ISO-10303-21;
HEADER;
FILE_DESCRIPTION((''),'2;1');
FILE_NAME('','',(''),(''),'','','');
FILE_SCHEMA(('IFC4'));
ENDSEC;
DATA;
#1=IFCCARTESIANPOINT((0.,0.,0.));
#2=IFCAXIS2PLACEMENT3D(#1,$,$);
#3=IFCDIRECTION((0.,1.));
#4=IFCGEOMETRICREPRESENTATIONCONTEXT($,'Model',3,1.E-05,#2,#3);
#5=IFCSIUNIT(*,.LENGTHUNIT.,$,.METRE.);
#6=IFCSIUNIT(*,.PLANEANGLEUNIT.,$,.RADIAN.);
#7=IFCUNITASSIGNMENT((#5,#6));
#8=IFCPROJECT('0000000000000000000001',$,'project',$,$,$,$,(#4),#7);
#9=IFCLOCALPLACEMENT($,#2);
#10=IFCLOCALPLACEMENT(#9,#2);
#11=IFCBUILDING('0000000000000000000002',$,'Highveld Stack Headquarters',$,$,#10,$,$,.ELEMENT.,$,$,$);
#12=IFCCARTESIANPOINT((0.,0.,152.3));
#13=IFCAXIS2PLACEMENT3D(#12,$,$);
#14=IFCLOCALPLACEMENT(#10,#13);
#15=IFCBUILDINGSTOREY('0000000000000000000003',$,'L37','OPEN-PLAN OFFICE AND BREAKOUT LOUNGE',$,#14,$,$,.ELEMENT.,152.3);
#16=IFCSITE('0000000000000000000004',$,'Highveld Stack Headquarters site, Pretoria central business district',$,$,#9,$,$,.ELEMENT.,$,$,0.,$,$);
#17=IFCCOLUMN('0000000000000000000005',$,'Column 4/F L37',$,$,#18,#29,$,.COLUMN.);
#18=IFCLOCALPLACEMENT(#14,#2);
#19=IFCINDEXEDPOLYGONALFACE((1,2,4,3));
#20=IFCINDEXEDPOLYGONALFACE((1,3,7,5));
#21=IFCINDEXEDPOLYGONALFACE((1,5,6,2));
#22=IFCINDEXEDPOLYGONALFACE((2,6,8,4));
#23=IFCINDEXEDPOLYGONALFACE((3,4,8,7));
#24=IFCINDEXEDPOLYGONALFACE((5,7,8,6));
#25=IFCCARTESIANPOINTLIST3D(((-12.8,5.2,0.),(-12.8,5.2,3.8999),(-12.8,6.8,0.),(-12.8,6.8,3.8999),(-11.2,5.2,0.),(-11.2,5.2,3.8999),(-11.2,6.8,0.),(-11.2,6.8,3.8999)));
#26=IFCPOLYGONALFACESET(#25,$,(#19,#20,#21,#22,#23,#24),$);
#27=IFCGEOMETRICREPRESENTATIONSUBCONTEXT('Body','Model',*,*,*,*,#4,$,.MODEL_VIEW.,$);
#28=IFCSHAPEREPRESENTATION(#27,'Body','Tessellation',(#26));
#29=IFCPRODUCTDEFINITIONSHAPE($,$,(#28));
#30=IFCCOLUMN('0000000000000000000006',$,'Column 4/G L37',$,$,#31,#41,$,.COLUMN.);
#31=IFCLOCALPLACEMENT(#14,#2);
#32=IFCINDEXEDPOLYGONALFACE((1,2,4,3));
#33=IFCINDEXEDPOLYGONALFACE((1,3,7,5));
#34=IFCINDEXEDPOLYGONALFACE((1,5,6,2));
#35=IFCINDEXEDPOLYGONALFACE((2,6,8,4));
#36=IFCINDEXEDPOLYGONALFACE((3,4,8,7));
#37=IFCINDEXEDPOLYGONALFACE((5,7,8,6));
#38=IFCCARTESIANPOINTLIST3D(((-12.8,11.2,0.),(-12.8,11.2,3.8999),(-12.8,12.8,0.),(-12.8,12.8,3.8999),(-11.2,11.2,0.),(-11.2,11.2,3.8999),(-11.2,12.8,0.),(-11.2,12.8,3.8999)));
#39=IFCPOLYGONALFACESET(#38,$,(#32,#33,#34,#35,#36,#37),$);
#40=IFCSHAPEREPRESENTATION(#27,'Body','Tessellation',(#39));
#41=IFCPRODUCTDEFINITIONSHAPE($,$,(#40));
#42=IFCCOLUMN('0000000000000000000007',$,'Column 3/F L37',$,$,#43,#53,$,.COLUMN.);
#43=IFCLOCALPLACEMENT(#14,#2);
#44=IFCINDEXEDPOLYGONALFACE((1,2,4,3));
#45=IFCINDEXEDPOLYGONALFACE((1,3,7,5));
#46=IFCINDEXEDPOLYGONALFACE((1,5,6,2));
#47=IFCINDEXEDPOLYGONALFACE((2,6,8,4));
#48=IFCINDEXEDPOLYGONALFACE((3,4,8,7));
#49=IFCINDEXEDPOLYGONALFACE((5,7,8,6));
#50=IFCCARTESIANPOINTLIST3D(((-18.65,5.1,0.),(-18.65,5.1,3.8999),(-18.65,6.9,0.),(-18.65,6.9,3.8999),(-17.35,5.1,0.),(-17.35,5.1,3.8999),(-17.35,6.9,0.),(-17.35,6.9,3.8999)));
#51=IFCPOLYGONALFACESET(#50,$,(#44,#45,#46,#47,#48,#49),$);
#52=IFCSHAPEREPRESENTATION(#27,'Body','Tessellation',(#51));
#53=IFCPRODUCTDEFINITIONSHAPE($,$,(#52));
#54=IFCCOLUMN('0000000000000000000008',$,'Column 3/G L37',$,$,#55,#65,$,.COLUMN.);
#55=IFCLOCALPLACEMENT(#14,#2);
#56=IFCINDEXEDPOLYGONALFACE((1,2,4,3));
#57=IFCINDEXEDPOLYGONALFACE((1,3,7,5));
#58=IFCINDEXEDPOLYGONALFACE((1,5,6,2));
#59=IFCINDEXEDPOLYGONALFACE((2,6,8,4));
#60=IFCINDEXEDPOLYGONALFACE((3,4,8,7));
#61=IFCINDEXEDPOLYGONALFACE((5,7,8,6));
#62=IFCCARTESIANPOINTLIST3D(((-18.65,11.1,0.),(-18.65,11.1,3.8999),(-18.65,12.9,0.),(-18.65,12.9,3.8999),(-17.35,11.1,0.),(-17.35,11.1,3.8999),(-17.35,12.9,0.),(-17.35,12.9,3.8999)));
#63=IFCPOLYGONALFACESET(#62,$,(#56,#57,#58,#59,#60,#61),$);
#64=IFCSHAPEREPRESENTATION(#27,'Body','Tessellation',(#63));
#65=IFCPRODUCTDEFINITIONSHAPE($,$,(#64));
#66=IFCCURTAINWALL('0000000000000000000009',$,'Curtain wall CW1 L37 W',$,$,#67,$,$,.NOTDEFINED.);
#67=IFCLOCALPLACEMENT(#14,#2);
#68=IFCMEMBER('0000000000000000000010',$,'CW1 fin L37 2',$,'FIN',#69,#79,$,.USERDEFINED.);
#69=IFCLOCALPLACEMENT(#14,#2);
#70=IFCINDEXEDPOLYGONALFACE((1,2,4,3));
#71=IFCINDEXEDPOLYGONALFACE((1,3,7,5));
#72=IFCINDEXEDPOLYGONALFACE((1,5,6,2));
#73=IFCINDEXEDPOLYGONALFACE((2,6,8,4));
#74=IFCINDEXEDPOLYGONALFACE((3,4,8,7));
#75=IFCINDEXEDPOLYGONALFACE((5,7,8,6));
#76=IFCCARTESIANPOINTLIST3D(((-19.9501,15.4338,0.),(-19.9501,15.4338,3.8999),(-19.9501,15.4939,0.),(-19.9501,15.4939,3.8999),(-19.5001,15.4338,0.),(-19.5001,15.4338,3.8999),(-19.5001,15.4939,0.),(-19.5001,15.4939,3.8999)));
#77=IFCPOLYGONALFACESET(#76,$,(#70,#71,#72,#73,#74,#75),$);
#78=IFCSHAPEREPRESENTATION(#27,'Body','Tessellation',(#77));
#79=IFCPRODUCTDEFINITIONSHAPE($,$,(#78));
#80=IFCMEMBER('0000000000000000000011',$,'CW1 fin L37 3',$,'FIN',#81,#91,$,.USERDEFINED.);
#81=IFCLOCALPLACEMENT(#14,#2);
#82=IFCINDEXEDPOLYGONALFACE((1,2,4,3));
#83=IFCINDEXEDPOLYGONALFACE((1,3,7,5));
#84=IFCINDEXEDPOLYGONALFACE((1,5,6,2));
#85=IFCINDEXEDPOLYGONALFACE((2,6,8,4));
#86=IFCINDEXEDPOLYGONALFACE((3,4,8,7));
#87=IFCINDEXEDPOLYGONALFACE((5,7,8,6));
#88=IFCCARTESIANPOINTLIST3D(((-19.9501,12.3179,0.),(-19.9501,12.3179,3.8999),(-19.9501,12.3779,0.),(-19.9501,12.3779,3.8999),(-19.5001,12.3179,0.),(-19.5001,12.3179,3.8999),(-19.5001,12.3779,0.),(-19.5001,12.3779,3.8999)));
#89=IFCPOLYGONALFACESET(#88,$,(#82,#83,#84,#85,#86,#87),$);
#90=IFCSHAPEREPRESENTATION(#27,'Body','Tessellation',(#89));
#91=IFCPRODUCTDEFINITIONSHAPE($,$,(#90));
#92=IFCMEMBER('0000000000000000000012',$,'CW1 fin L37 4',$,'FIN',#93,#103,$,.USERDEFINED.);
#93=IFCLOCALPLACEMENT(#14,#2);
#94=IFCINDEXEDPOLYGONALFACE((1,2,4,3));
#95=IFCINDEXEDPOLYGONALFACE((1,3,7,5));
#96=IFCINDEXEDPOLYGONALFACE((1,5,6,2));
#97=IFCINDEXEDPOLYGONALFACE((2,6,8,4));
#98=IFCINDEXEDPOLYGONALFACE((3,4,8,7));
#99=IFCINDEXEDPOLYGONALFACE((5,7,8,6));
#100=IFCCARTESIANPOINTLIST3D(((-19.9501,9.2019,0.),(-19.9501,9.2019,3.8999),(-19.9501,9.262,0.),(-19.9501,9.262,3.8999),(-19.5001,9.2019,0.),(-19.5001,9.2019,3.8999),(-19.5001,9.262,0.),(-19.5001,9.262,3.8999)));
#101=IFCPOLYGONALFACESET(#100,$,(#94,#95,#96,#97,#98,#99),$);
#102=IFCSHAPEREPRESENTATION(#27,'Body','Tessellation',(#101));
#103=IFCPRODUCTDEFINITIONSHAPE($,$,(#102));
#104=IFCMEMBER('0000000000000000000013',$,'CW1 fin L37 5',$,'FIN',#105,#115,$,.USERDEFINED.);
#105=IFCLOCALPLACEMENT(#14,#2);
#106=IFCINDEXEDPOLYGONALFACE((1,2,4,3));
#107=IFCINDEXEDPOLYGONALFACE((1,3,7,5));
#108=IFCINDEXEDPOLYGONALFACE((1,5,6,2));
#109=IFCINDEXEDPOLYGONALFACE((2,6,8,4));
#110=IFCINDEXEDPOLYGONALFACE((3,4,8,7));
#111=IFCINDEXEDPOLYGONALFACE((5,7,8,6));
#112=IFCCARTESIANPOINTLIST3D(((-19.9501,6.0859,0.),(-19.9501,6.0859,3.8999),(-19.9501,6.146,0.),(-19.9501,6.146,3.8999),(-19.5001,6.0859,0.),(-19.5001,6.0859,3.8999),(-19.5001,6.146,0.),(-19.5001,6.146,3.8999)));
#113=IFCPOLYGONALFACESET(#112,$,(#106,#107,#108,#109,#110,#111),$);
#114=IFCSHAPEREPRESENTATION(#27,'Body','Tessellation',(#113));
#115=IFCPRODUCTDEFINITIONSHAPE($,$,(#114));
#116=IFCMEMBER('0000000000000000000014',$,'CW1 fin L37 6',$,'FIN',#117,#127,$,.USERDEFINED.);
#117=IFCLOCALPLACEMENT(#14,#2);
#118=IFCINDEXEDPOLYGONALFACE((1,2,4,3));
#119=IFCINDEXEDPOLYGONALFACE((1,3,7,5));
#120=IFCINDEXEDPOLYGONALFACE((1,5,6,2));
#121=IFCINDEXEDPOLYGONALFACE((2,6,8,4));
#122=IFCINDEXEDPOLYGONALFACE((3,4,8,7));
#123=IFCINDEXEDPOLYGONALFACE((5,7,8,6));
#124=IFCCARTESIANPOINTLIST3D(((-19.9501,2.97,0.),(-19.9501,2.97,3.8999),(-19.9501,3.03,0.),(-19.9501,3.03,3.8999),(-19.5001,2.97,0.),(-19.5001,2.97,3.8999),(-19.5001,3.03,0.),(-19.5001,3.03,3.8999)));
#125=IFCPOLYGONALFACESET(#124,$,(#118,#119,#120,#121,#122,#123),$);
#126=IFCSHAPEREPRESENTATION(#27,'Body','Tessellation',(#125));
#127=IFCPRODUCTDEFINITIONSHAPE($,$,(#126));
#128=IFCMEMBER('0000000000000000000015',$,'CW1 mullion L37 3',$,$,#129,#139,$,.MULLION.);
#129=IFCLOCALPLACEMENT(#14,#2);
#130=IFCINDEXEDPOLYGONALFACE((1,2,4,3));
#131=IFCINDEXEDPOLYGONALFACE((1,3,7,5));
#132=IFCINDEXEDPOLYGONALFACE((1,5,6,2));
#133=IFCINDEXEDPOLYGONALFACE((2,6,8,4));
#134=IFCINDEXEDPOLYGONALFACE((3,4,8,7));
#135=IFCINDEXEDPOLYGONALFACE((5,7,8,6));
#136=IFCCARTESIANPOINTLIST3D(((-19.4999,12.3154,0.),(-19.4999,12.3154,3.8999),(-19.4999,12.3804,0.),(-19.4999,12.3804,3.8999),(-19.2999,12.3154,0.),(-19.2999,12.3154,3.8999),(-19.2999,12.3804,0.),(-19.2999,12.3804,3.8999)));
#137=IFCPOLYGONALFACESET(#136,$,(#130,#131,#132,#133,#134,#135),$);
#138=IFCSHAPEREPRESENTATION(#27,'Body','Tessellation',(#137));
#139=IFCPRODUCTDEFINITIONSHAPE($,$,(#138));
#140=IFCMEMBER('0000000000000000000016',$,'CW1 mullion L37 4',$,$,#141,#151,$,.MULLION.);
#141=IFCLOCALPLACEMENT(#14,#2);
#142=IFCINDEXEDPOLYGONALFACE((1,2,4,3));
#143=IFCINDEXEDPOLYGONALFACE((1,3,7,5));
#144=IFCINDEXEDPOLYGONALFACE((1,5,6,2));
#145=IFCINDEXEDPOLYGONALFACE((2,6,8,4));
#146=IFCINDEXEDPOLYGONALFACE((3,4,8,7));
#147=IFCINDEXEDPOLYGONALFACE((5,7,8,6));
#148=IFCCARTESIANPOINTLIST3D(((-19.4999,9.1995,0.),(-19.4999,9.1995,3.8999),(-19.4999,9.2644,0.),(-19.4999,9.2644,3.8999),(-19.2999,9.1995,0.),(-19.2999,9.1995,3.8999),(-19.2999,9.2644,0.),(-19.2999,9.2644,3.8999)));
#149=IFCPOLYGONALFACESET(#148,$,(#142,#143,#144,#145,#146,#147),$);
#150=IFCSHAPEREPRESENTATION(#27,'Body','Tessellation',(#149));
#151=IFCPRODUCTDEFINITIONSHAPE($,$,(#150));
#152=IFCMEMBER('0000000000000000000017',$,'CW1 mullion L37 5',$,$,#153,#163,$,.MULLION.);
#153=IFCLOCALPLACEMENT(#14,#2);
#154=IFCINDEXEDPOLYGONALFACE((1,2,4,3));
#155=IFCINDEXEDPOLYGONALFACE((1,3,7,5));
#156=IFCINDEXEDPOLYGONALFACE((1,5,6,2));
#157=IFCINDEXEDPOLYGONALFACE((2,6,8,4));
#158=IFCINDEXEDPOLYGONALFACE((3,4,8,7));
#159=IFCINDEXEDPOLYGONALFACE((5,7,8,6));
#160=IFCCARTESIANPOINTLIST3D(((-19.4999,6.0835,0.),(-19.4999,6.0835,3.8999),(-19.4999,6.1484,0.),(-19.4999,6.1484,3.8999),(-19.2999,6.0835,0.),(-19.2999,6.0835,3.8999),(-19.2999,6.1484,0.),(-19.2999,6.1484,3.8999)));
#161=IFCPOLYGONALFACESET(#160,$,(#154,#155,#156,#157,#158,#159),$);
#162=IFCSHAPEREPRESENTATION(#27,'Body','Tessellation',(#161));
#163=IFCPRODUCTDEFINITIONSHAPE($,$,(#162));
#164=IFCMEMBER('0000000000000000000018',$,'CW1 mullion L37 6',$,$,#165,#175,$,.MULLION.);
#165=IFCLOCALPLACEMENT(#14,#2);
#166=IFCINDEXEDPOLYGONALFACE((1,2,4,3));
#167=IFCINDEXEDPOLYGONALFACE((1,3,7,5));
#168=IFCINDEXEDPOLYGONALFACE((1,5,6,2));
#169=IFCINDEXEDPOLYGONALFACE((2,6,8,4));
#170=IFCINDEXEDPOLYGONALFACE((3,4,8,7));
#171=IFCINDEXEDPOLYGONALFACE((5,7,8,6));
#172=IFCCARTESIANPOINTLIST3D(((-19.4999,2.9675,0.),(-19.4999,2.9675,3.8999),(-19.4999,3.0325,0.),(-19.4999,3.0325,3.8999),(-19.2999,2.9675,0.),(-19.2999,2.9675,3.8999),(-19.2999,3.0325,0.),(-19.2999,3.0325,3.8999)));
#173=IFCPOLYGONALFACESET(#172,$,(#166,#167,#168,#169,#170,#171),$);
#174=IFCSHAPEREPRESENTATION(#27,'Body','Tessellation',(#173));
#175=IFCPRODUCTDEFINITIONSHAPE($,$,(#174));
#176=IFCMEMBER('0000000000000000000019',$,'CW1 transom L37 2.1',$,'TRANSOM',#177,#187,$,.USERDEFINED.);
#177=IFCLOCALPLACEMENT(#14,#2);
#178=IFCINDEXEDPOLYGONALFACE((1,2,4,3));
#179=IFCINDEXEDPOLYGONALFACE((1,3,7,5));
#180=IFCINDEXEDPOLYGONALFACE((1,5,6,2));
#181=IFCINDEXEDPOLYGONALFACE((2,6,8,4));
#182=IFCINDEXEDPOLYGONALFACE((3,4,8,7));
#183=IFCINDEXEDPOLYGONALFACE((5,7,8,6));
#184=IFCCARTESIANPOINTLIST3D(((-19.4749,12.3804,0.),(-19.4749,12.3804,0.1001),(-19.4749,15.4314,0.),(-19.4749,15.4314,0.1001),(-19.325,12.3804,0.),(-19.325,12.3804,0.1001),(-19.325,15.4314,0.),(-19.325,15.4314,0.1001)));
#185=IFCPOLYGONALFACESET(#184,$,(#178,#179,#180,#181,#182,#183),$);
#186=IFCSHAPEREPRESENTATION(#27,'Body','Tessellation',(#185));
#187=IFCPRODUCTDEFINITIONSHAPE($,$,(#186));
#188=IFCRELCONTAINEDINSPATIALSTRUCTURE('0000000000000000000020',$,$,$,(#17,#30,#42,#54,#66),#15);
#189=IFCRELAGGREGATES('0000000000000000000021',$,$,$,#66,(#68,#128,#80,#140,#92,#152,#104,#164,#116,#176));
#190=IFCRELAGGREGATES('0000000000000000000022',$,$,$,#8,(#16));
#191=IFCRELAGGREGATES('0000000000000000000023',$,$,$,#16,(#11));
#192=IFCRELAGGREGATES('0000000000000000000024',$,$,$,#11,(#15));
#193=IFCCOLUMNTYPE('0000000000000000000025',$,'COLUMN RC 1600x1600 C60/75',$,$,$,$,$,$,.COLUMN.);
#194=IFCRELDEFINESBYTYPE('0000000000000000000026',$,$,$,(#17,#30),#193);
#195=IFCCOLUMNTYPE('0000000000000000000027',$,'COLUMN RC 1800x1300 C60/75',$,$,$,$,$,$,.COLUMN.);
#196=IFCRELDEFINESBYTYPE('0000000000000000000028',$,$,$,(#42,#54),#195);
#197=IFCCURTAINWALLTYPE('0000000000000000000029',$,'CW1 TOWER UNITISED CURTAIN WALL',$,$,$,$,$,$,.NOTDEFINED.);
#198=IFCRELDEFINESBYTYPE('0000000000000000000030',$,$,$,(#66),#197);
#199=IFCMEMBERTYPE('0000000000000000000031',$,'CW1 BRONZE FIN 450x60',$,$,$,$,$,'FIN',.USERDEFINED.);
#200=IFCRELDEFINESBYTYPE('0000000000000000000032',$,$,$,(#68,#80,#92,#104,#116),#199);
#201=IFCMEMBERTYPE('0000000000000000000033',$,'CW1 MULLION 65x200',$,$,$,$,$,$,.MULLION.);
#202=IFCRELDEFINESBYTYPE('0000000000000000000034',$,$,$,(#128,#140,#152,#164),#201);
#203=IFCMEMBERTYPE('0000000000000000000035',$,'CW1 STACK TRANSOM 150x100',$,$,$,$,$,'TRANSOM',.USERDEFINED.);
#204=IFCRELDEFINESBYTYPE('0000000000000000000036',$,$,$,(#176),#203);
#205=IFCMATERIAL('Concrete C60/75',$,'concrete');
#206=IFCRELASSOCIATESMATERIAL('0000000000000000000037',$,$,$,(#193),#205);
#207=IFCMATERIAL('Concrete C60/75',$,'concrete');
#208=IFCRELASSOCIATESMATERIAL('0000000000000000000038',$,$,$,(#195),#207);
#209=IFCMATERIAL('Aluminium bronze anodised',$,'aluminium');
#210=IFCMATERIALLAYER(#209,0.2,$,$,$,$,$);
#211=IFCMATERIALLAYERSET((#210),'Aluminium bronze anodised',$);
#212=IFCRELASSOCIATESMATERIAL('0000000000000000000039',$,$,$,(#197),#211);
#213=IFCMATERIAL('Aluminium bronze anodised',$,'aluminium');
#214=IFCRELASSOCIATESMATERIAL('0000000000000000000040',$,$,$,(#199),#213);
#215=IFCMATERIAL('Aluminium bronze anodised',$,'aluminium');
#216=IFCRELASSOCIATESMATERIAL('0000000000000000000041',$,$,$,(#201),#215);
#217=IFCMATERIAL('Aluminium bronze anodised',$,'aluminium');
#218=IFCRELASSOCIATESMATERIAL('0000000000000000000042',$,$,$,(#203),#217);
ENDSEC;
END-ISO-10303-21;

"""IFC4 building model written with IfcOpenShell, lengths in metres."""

from ifc_helpers import new_model, si_unit, direction, frame, origin, origin_2d, place, context, subcontext, project, spatial, rectangle, extrude, material, layer, layer_set, material_profile, profile_set, type_object, element, aggregate, save


model = new_model("IFC4")

# Units and contexts
model_context = context("Model", 3, precision=1e-05, world=origin(), true_north=direction((0.0, 1.0)))
body_context = subcontext(model_context, "Body", "Model", "MODEL_VIEW")
ifc_project = project(units=[si_unit("LENGTHUNIT", "METRE"), si_unit("PLANEANGLEUNIT", "RADIAN")], contexts=[model_context])

# Site, building, storey
site_placement = place(None, origin())
site = spatial("IfcSite", under=ifc_project, at=site_placement, Name="Highveld Stack Headquarters site, Pretoria central business district", CompositionType="ELEMENT", RefElevation=0.0)
building_placement = place(site_placement, origin())
building = spatial("IfcBuilding", under=site, at=building_placement, Name="Highveld Stack Headquarters", CompositionType="ELEMENT")
storey_placement = place(building_placement, frame((0.0, 0.0, 152.3)))
storey = spatial("IfcBuildingStorey", under=building, at=storey_placement, Name="L37", Description="OPEN-PLAN OFFICE AND BREAKOUT LOUNGE", CompositionType="ELEMENT", Elevation=152.3)

# Columns
ifc_material_1 = material(Name="Concrete C60/75", Category="concrete")
ifc_material_profile_1 = material_profile(ifc_material_1, rectangle(XDim=1.6001, YDim=1.6001, at=origin_2d()), Name="RC 1600x1600")
ifc_profile_set_1 = profile_set([ifc_material_profile_1], Name="Concrete C60/75")
column_type_1 = type_object("IfcColumnType", Name="COLUMN RC 1600x1600 C60/75", PredefinedType="COLUMN", material=ifc_profile_set_1)
for number, where, z_axis, x_axis, name in (
    (1, (-12.0, 6.0, 0.0), (0.0, 0.0, 1.0), (1.0, 0.0, 0.0), "Column 4/F L37"),
    (2, (-12.0, 12.0, 0.0), (0.0, 0.0, 1.0), (1.0, 0.0, 0.0), "Column 4/G L37"),
):
    element("IfcColumn", number, at=place(storey_placement, frame(where, z_axis=z_axis, x_axis=x_axis)), inside=storey, type_object=column_type_1, Name=name, PredefinedType="COLUMN", context=body_context, shape_type="SweptSolid", body=[
        extrude(rectangle(XDim=1.6001, YDim=1.6001, at=origin_2d()), origin(), (0.0, 0.0, 1.0), 3.8999),
    ])
ifc_material_2 = material(Name="Concrete C60/75", Category="concrete")
ifc_material_profile_2 = material_profile(ifc_material_2, rectangle(XDim=1.8, YDim=1.3, at=origin_2d()), Name="RC 1800x1300")
ifc_profile_set_2 = profile_set([ifc_material_profile_2], Name="Concrete C60/75")
column_type_2 = type_object("IfcColumnType", Name="COLUMN RC 1800x1300 C60/75", PredefinedType="COLUMN", material=ifc_profile_set_2)
for number, where, z_axis, x_axis, name in (
    (3, (-18.0, 6.0, 0.0), (0.0, 0.0, 1.0), (0.0, 1.0, 0.0), "Column 3/F L37"),
    (4, (-18.0, 12.0, 0.0), (0.0, 0.0, 1.0), (0.0, 1.0, 0.0), "Column 3/G L37"),
):
    element("IfcColumn", number, at=place(storey_placement, frame(where, z_axis=z_axis, x_axis=x_axis)), inside=storey, type_object=column_type_2, Name=name, PredefinedType="COLUMN", context=body_context, shape_type="SweptSolid", body=[
        extrude(rectangle(XDim=1.8, YDim=1.3, at=origin_2d()), origin(), (0.0, 0.0, 1.0), 3.8999),
    ])

# Curtain wall, members
ifc_material_3 = material(Name="Aluminium bronze anodised", Category="aluminium")
ifc_layer_1 = layer(ifc_material_3, 0.2)
ifc_layer_set_1 = layer_set([ifc_layer_1], Name="Aluminium bronze anodised")
curtain_wall_type = type_object("IfcCurtainWallType", Name="CW1 TOWER UNITISED CURTAIN WALL", PredefinedType="NOTDEFINED", material=ifc_layer_set_1)
curtain_wall_placement = place(storey_placement, origin())
curtain_wall = element("IfcCurtainWall", 5, at=curtain_wall_placement, inside=storey, type_object=curtain_wall_type, Name="Curtain wall CW1 L37 W", PredefinedType="NOTDEFINED")
ifc_material_4 = material(Name="Aluminium bronze anodised", Category="aluminium")
ifc_material_profile_3 = material_profile(ifc_material_4, rectangle(XDim=0.45, YDim=0.0601, at=origin_2d()), Name="FIN 450x60")
ifc_profile_set_3 = profile_set([ifc_material_profile_3], Name="Aluminium bronze anodised")
member_type_1 = type_object("IfcMemberType", Name="CW1 BRONZE FIN 450x60", ElementType="FIN", PredefinedType="USERDEFINED", material=ifc_profile_set_3)
member_1_placement = place(storey_placement, frame((-19.7251, 15.4639, 0.0), z_axis=(0.0, 0.0, 1.0), x_axis=(1.0, 0.0, 0.0)))
member_1 = element("IfcMember", 6, at=member_1_placement, type_object=member_type_1, Name="CW1 fin L37 2", ObjectType="FIN", PredefinedType="USERDEFINED", context=body_context, shape_type="SweptSolid", body=[
    extrude(rectangle(XDim=0.45, YDim=0.0601, at=origin_2d()), origin(), (0.0, 0.0, 1.0), 3.8999),
])
member_2_placement = place(storey_placement, frame((-19.7251, 12.3479, 0.0), z_axis=(0.0, 0.0, 1.0), x_axis=(1.0, 0.0, 0.0)))
member_2 = element("IfcMember", 7, at=member_2_placement, type_object=member_type_1, Name="CW1 fin L37 3", ObjectType="FIN", PredefinedType="USERDEFINED", context=body_context, shape_type="SweptSolid", body=[
    extrude(rectangle(XDim=0.45, YDim=0.0601, at=origin_2d()), origin(), (0.0, 0.0, 1.0), 3.8999),
])
member_3_placement = place(storey_placement, frame((-19.7251, 9.2319, 0.0), z_axis=(0.0, 0.0, 1.0), x_axis=(1.0, 0.0, 0.0)))
member_3 = element("IfcMember", 8, at=member_3_placement, type_object=member_type_1, Name="CW1 fin L37 4", ObjectType="FIN", PredefinedType="USERDEFINED", context=body_context, shape_type="SweptSolid", body=[
    extrude(rectangle(XDim=0.45, YDim=0.0601, at=origin_2d()), origin(), (0.0, 0.0, 1.0), 3.8999),
])
member_4_placement = place(storey_placement, frame((-19.7251, 6.116, 0.0), z_axis=(0.0, 0.0, 1.0), x_axis=(1.0, 0.0, 0.0)))
member_4 = element("IfcMember", 9, at=member_4_placement, type_object=member_type_1, Name="CW1 fin L37 5", ObjectType="FIN", PredefinedType="USERDEFINED", context=body_context, shape_type="SweptSolid", body=[
    extrude(rectangle(XDim=0.45, YDim=0.0601, at=origin_2d()), origin(), (0.0, 0.0, 1.0), 3.8999),
])
member_5_placement = place(storey_placement, frame((-19.7251, 3.0, 0.0), z_axis=(0.0, 0.0, 1.0), x_axis=(1.0, 0.0, 0.0)))
member_5 = element("IfcMember", 10, at=member_5_placement, type_object=member_type_1, Name="CW1 fin L37 6", ObjectType="FIN", PredefinedType="USERDEFINED", context=body_context, shape_type="SweptSolid", body=[
    extrude(rectangle(XDim=0.45, YDim=0.0601, at=origin_2d()), origin(), (0.0, 0.0, 1.0), 3.8999),
])
ifc_material_5 = material(Name="Aluminium bronze anodised", Category="aluminium")
ifc_material_profile_4 = material_profile(ifc_material_5, rectangle(XDim=0.2, YDim=0.0649, at=origin_2d()), Name="CW1 MULLION 65x200")
ifc_profile_set_4 = profile_set([ifc_material_profile_4], Name="Aluminium bronze anodised")
member_type_2 = type_object("IfcMemberType", Name="CW1 MULLION 65x200", PredefinedType="MULLION", material=ifc_profile_set_4)
member_6_placement = place(storey_placement, frame((-19.3999, 12.3479, 0.0), z_axis=(0.0, 0.0, 1.0), x_axis=(1.0, 0.0, 0.0)))
member_6 = element("IfcMember", 11, at=member_6_placement, type_object=member_type_2, Name="CW1 mullion L37 3", PredefinedType="MULLION", context=body_context, shape_type="SweptSolid", body=[
    extrude(rectangle(XDim=0.2, YDim=0.0649, at=origin_2d()), origin(), (0.0, 0.0, 1.0), 3.8999),
])
member_7_placement = place(storey_placement, frame((-19.3999, 9.2319, 0.0), z_axis=(0.0, 0.0, 1.0), x_axis=(1.0, 0.0, 0.0)))
member_7 = element("IfcMember", 12, at=member_7_placement, type_object=member_type_2, Name="CW1 mullion L37 4", PredefinedType="MULLION", context=body_context, shape_type="SweptSolid", body=[
    extrude(rectangle(XDim=0.2, YDim=0.0649, at=origin_2d()), origin(), (0.0, 0.0, 1.0), 3.8999),
])
member_8_placement = place(storey_placement, frame((-19.3999, 6.116, 0.0), z_axis=(0.0, 0.0, 1.0), x_axis=(1.0, 0.0, 0.0)))
member_8 = element("IfcMember", 13, at=member_8_placement, type_object=member_type_2, Name="CW1 mullion L37 5", PredefinedType="MULLION", context=body_context, shape_type="SweptSolid", body=[
    extrude(rectangle(XDim=0.2, YDim=0.0649, at=origin_2d()), origin(), (0.0, 0.0, 1.0), 3.8999),
])
member_9_placement = place(storey_placement, frame((-19.3999, 3.0, 0.0), z_axis=(0.0, 0.0, 1.0), x_axis=(1.0, 0.0, 0.0)))
member_9 = element("IfcMember", 14, at=member_9_placement, type_object=member_type_2, Name="CW1 mullion L37 6", PredefinedType="MULLION", context=body_context, shape_type="SweptSolid", body=[
    extrude(rectangle(XDim=0.2, YDim=0.0649, at=origin_2d()), origin(), (0.0, 0.0, 1.0), 3.8999),
])
ifc_material_6 = material(Name="Aluminium bronze anodised", Category="aluminium")
ifc_material_profile_5 = material_profile(ifc_material_6, rectangle(XDim=0.1499, YDim=0.1001, at=origin_2d()), Name="CW1 TRANSOM 150x100")
ifc_profile_set_5 = profile_set([ifc_material_profile_5], Name="Aluminium bronze anodised")
member_type_3 = type_object("IfcMemberType", Name="CW1 STACK TRANSOM 150x100", ElementType="TRANSOM", PredefinedType="USERDEFINED", material=ifc_profile_set_5)
member_10_placement = place(storey_placement, frame((-19.3999, 15.4314, 0.05), z_axis=(0.0, -1.0, 0.0), x_axis=(1.0, 0.0, 0.0)))
member_10 = element("IfcMember", 15, at=member_10_placement, type_object=member_type_3, Name="CW1 transom L37 2.1", ObjectType="TRANSOM", PredefinedType="USERDEFINED", context=body_context, shape_type="SweptSolid", body=[
    extrude(rectangle(XDim=0.1499, YDim=0.1001, at=origin_2d()), origin(), (0.0, 0.0, 1.0), 3.051),
])
aggregate(curtain_wall, [member_1, member_6, member_2, member_7, member_3, member_8, member_4, member_9, member_5, member_10])

save(model, "model.ifc")
